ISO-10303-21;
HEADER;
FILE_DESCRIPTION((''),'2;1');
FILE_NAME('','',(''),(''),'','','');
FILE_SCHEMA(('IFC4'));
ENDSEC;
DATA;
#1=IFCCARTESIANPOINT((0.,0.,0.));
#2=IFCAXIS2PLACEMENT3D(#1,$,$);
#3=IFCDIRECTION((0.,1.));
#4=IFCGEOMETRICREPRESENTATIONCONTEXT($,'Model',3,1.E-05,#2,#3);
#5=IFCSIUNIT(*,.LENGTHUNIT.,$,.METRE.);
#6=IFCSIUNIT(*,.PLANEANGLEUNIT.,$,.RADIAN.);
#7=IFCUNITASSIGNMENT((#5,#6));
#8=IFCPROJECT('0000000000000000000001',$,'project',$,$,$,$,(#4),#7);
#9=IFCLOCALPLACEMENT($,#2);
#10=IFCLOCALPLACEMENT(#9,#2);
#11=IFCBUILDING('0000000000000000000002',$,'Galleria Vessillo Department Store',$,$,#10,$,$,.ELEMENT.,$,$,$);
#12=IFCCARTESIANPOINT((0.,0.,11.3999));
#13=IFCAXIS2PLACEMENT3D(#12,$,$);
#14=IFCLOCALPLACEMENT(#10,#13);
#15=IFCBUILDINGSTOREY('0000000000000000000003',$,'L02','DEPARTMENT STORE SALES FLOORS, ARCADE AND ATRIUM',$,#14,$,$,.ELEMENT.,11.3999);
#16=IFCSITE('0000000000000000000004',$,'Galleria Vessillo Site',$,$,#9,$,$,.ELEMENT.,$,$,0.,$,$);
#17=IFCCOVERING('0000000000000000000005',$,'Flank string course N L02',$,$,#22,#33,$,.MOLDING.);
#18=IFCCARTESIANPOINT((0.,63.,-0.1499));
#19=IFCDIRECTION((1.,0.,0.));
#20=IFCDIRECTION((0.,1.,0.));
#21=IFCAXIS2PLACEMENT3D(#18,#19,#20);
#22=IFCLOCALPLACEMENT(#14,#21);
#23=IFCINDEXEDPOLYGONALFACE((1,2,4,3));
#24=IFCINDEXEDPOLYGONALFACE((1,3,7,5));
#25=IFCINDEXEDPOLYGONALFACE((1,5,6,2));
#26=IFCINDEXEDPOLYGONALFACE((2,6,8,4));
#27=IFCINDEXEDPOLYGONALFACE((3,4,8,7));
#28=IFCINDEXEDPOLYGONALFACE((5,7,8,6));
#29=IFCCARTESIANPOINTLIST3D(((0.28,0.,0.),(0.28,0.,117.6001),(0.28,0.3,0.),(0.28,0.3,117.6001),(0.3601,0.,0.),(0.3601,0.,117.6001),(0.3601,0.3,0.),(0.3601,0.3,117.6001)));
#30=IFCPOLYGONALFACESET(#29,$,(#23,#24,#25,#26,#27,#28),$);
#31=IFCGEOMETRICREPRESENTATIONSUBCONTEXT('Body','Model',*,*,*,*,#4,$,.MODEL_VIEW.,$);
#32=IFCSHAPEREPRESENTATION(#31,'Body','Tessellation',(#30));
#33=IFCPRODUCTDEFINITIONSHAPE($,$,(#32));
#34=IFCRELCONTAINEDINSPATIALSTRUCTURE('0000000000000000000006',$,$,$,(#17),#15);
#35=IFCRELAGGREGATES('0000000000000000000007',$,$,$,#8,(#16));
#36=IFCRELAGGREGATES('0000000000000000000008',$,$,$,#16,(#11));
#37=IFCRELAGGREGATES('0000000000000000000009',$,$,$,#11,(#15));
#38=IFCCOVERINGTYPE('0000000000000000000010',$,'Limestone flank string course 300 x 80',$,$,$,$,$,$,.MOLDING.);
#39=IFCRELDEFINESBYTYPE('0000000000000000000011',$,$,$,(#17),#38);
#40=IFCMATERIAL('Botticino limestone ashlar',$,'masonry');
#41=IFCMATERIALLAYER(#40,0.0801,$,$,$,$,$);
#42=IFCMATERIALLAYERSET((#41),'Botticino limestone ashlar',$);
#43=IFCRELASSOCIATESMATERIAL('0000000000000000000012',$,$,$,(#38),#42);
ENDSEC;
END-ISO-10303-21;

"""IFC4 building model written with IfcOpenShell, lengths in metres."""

from ifc_helpers import new_model, si_unit, direction, frame, origin, place, context, subcontext, project, spatial, polyline, outline, extrude, material, layer, layer_set, type_object, element, save


model = new_model("IFC4")

# Units and contexts
model_context = context("Model", 3, precision=1e-05, world=origin(), true_north=direction((0.0, 1.0)))
body_context = subcontext(model_context, "Body", "Model", "MODEL_VIEW")
ifc_project = project(units=[si_unit("LENGTHUNIT", "METRE"), si_unit("PLANEANGLEUNIT", "RADIAN")], contexts=[model_context])

# Site, building, storey
site_placement = place(None, origin())
site = spatial("IfcSite", under=ifc_project, at=site_placement, Name="Galleria Vessillo Site", CompositionType="ELEMENT", RefElevation=0.0)
building_placement = place(site_placement, origin())
building = spatial("IfcBuilding", under=site, at=building_placement, Name="Galleria Vessillo Department Store", CompositionType="ELEMENT")
storey_placement = place(building_placement, frame((0.0, 0.0, 11.3999)))
storey = spatial("IfcBuildingStorey", under=building, at=storey_placement, Name="L02", Description="DEPARTMENT STORE SALES FLOORS, ARCADE AND ATRIUM", CompositionType="ELEMENT", Elevation=11.3999)

# Covering
ifc_material_1 = material(Name="Botticino limestone ashlar", Category="masonry")
ifc_layer_1 = layer(ifc_material_1, 0.0801)
ifc_layer_set_1 = layer_set([ifc_layer_1], Name="Botticino limestone ashlar")
covering_type_1 = type_object("IfcCoveringType", Name="Limestone flank string course 300 x 80", PredefinedType="MOLDING", material=ifc_layer_set_1)
covering_1_placement = place(storey_placement, frame((0.0, 63.0, -0.1499), z_axis=(1.0, 0.0, 0.0), x_axis=(0.0, 1.0, 0.0)))
element("IfcCovering", 1, at=covering_1_placement, inside=storey, type_object=covering_type_1, Name="Flank string course N L02", PredefinedType="MOLDING", context=body_context, shape_type="SweptSolid", body=[
    extrude(outline(polyline([(0.28, 0.0), (0.3601, 0.0), (0.3601, 0.3), (0.28, 0.3), (0.28, 0.0)])), origin(), (0.0, 0.0, 1.0), 117.6001),
])

save(model, "model.ifc")
